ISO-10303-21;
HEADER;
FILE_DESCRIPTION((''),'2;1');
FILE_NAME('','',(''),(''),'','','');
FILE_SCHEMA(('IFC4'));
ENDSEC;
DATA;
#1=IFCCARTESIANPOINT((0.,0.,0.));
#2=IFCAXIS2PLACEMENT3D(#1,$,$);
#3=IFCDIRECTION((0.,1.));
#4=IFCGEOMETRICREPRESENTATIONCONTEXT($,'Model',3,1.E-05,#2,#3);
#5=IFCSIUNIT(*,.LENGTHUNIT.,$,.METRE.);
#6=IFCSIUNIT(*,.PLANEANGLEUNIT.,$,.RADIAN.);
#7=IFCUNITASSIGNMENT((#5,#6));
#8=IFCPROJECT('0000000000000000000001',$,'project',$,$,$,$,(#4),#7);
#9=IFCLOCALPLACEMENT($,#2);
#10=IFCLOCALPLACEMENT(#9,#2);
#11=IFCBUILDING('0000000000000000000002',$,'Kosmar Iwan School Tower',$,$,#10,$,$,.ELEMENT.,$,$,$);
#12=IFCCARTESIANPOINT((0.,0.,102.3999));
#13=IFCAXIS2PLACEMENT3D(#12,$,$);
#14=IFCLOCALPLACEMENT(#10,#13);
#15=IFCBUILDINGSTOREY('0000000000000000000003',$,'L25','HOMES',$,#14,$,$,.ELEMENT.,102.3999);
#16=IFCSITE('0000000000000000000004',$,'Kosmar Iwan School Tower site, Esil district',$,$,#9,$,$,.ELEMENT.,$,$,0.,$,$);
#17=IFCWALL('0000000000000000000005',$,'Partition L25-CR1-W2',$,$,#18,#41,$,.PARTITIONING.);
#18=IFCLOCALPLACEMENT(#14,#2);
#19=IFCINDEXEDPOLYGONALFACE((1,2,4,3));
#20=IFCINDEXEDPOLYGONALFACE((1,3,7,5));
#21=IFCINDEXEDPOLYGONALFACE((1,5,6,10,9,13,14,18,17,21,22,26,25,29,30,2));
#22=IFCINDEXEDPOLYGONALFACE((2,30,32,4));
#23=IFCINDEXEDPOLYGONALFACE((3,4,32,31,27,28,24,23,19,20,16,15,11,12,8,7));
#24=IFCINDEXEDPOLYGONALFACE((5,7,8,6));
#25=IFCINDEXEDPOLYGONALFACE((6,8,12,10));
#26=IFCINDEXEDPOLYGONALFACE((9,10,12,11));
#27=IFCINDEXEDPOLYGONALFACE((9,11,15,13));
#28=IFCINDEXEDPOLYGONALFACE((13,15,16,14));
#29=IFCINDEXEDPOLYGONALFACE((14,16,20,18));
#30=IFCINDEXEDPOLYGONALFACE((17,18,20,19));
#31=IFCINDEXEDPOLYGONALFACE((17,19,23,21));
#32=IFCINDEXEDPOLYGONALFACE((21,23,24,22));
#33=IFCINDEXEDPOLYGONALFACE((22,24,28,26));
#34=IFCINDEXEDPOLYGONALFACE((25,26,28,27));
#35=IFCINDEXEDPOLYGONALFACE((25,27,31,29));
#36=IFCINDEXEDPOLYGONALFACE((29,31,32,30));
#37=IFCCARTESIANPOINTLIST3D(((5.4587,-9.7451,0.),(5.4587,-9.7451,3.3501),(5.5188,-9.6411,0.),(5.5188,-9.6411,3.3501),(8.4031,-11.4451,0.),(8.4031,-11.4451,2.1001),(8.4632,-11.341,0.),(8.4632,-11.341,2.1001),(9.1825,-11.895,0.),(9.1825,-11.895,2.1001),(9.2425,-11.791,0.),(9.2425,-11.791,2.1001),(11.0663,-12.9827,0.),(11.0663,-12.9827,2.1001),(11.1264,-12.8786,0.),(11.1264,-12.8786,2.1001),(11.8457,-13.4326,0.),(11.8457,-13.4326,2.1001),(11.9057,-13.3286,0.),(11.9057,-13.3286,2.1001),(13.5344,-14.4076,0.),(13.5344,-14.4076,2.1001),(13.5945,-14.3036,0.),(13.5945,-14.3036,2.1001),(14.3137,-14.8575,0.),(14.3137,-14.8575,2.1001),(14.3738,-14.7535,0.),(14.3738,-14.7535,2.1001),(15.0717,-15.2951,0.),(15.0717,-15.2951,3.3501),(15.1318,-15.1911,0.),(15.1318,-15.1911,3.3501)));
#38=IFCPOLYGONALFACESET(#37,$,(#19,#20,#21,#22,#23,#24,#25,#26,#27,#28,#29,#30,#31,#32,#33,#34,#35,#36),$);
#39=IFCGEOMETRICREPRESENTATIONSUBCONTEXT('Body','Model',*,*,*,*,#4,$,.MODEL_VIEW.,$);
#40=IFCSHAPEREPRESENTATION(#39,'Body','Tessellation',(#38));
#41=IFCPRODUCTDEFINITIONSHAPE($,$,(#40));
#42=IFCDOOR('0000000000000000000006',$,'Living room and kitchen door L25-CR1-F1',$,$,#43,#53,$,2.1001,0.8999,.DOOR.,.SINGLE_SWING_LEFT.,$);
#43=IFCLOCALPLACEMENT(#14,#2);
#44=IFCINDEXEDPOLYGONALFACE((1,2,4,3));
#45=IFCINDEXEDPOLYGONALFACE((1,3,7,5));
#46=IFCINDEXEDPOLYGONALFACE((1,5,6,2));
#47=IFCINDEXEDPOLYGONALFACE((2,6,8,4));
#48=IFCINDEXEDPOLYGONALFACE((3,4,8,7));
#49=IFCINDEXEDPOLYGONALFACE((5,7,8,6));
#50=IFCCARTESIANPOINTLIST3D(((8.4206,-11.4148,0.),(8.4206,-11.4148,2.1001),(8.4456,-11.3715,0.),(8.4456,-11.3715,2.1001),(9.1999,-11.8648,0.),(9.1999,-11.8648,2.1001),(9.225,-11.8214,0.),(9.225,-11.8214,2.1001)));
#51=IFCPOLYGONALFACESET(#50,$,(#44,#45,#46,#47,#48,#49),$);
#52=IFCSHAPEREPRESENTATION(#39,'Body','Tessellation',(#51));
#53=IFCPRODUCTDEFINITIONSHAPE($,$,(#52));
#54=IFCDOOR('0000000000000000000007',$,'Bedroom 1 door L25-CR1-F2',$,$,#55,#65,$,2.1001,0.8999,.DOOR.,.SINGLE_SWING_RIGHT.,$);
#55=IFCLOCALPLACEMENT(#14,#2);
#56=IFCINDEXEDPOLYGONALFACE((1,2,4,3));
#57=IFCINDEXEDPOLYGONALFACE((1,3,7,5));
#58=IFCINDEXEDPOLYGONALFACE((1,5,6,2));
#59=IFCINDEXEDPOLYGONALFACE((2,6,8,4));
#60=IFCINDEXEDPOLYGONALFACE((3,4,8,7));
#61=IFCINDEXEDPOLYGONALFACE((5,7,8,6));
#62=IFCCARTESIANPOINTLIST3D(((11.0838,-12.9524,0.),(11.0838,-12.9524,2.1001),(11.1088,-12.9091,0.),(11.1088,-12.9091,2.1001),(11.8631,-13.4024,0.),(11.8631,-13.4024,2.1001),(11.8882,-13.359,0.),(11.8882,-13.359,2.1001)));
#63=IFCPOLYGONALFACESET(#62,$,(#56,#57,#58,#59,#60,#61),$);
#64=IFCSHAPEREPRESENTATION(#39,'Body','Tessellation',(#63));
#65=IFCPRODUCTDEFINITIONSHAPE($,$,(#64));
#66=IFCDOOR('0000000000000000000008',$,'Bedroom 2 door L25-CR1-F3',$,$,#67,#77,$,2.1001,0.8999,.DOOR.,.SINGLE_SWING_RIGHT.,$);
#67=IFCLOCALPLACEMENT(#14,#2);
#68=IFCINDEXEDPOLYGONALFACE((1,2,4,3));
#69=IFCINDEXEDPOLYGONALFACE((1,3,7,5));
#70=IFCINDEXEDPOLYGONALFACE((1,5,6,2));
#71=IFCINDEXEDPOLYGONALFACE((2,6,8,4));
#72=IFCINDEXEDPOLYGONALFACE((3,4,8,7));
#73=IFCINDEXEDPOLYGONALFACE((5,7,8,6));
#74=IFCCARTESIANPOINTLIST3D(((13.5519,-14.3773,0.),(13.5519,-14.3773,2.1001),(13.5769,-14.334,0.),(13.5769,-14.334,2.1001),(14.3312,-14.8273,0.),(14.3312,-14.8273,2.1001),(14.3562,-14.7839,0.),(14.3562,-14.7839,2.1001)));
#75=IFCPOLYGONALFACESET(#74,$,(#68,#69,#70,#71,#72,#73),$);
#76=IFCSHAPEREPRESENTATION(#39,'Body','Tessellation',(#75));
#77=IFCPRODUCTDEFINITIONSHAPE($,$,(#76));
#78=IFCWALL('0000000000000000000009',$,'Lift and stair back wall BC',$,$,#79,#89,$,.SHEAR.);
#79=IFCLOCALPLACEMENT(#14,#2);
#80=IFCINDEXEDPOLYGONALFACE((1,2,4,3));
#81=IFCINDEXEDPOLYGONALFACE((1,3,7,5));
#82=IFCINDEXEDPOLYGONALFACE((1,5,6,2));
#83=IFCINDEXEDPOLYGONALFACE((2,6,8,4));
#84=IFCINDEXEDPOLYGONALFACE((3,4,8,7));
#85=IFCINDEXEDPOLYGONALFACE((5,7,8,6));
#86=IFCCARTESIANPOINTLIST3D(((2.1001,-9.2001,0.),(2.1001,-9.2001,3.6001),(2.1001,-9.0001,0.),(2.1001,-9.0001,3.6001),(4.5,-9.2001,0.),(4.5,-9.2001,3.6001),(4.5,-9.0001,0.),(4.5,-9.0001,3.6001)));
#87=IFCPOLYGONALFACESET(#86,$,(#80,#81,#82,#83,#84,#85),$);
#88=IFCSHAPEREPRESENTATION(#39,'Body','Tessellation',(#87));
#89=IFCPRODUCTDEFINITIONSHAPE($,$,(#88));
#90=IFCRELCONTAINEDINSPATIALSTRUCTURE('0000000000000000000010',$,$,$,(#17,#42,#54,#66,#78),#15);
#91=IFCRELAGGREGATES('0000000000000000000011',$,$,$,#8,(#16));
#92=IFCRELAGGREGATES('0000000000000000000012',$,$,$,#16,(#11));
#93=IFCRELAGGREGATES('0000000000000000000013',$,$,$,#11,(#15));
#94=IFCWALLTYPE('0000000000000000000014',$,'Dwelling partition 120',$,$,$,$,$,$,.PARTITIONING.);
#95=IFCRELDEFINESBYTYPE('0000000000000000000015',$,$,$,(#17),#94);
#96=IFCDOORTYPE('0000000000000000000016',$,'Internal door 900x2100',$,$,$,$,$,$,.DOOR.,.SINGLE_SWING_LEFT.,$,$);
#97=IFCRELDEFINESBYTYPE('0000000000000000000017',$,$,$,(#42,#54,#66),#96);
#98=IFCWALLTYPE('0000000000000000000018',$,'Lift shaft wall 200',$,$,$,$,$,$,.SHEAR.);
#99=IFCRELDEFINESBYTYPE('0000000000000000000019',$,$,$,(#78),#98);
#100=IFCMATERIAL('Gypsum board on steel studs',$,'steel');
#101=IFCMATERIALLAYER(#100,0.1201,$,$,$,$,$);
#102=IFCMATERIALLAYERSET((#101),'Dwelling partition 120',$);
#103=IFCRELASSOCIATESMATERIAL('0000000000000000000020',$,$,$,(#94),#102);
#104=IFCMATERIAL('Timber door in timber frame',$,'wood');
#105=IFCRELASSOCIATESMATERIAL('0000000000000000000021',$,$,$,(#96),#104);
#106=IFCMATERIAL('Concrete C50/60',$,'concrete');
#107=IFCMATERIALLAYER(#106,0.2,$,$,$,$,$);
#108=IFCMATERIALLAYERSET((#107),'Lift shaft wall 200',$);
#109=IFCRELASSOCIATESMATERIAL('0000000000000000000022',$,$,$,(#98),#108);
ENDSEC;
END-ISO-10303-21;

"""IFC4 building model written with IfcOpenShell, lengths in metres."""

from ifc_helpers import new_model, si_unit, direction, frame, frame_2d, origin, place, context, subcontext, project, spatial, rectangle, extrude, material, layer, layer_set, type_object, element, fill, save


model = new_model("IFC4")

# Units and contexts
model_context = context("Model", 3, precision=1e-05, world=origin(), true_north=direction((0.0, 1.0)))
body_context = subcontext(model_context, "Body", "Model", "MODEL_VIEW")
ifc_project = project(units=[si_unit("LENGTHUNIT", "METRE"), si_unit("PLANEANGLEUNIT", "RADIAN")], contexts=[model_context])

# Site, building, storey
site_placement = place(None, origin())
site = spatial("IfcSite", under=ifc_project, at=site_placement, Name="Kosmar Iwan School Tower site, Esil district", CompositionType="ELEMENT", RefElevation=0.0)
building_placement = place(site_placement, origin())
building = spatial("IfcBuilding", under=site, at=building_placement, Name="Kosmar Iwan School Tower", CompositionType="ELEMENT")
storey_placement = place(building_placement, frame((0.0, 0.0, 102.3999)))
storey = spatial("IfcBuildingStorey", under=building, at=storey_placement, Name="L25", Description="HOMES", CompositionType="ELEMENT", Elevation=102.3999)

# Wall, openings, doors
ifc_material_1 = material(Name="Gypsum board on steel studs", Category="steel")
ifc_layer_1 = layer(ifc_material_1, 0.1201)
ifc_layer_set_1 = layer_set([ifc_layer_1], Name="Dwelling partition 120")
wall_type_1 = type_object("IfcWallType", Name="Dwelling partition 120", PredefinedType="PARTITIONING", material=ifc_layer_set_1)
wall_1_placement = place(storey_placement, frame((5.4888, -9.6931, 0.0), z_axis=(0.0, 0.0, 1.0), x_axis=(0.866027, -0.499997, 0.0)))
wall_1 = element("IfcWall", 1, at=wall_1_placement, inside=storey, type_object=wall_type_1, Name="Partition L25-CR1-W2", PredefinedType="PARTITIONING", context=body_context, shape_type="SweptSolid", body=[
    extrude(rectangle(XDim=11.1001, YDim=0.1201, at=frame_2d((5.55, 0.0))), origin(), (0.0, 0.0, 1.0), 3.3501),
])
opening_1_placement = place(wall_1_placement, frame((3.3999, 0.0, 0.0)))
opening_1 = element("IfcOpeningElement", 2, at=opening_1_placement, cuts=wall_1, PredefinedType="OPENING", context=body_context, shape_type="SweptSolid", body=[
    extrude(rectangle(XDim=0.8999, YDim=2.1001, at=frame_2d((0.45, 1.05))), frame((0.0, 0.072, 0.0), z_axis=(0.0, -1.0, 0.0), x_axis=(1.0, 0.0, 0.0)), (0.0, 0.0, 1.0), 0.144),
])
opening_2_placement = place(wall_1_placement, frame((6.4751, 0.0, 0.0)))
opening_2 = element("IfcOpeningElement", 3, at=opening_2_placement, cuts=wall_1, PredefinedType="OPENING", context=body_context, shape_type="SweptSolid", body=[
    extrude(rectangle(XDim=0.8999, YDim=2.1001, at=frame_2d((0.45, 1.05))), frame((0.0, 0.072, 0.0), z_axis=(0.0, -1.0, 0.0), x_axis=(1.0, 0.0, 0.0)), (0.0, 0.0, 1.0), 0.144),
])
opening_3_placement = place(wall_1_placement, frame((9.325, 0.0, 0.0)))
opening_3 = element("IfcOpeningElement", 4, at=opening_3_placement, cuts=wall_1, PredefinedType="OPENING", context=body_context, shape_type="SweptSolid", body=[
    extrude(rectangle(XDim=0.8999, YDim=2.1001, at=frame_2d((0.45, 1.05))), frame((0.0, 0.072, 0.0), z_axis=(0.0, -1.0, 0.0), x_axis=(1.0, 0.0, 0.0)), (0.0, 0.0, 1.0), 0.144),
])
ifc_material_2 = material(Name="Timber door in timber frame", Category="wood")
door_type = type_object("IfcDoorType", Name="Internal door 900x2100", OperationType="SINGLE_SWING_LEFT", PredefinedType="DOOR", material=ifc_material_2)
door_1_placement = place(opening_1_placement, origin())
door_1 = element("IfcDoor", 5, at=door_1_placement, inside=storey, type_object=door_type, Name="Living room and kitchen door L25-CR1-F1", OperationType="SINGLE_SWING_LEFT", OverallHeight=2.1001, OverallWidth=0.8999, PredefinedType="DOOR", context=body_context, shape_type="SweptSolid", body=[
    extrude(rectangle(XDim=0.8999, YDim=2.1001, at=frame_2d((0.45, 1.05))), frame((0.0, 0.0249, 0.0), z_axis=(0.0, -1.0, 0.0), x_axis=(1.0, 0.0, 0.0)), (0.0, 0.0, 1.0), 0.05),
])
fill(opening_1, door_1)
door_2_placement = place(opening_2_placement, origin())
door_2 = element("IfcDoor", 6, at=door_2_placement, inside=storey, type_object=door_type, Name="Bedroom 1 door L25-CR1-F2", OperationType="SINGLE_SWING_RIGHT", OverallHeight=2.1001, OverallWidth=0.8999, PredefinedType="DOOR", context=body_context, shape_type="SweptSolid", body=[
    extrude(rectangle(XDim=0.8999, YDim=2.1001, at=frame_2d((0.45, 1.05))), frame((0.0, 0.0249, 0.0), z_axis=(0.0, -1.0, 0.0), x_axis=(1.0, 0.0, 0.0)), (0.0, 0.0, 1.0), 0.05),
])
fill(opening_2, door_2)
door_3_placement = place(opening_3_placement, origin())
door_3 = element("IfcDoor", 7, at=door_3_placement, inside=storey, type_object=door_type, Name="Bedroom 2 door L25-CR1-F3", OperationType="SINGLE_SWING_RIGHT", OverallHeight=2.1001, OverallWidth=0.8999, PredefinedType="DOOR", context=body_context, shape_type="SweptSolid", body=[
    extrude(rectangle(XDim=0.8999, YDim=2.1001, at=frame_2d((0.45, 1.05))), frame((0.0, 0.0249, 0.0), z_axis=(0.0, -1.0, 0.0), x_axis=(1.0, 0.0, 0.0)), (0.0, 0.0, 1.0), 0.05),
])
fill(opening_3, door_3)

# Wall
ifc_material_3 = material(Name="Concrete C50/60", Category="concrete")
ifc_layer_2 = layer(ifc_material_3, 0.2)
ifc_layer_set_2 = layer_set([ifc_layer_2], Name="Lift shaft wall 200")
wall_type_2 = type_object("IfcWallType", Name="Lift shaft wall 200", PredefinedType="SHEAR", material=ifc_layer_set_2)
wall_2_placement = place(storey_placement, frame((2.1001, -9.1001, 0.0), z_axis=(0.0, 0.0, 1.0), x_axis=(1.0, 0.0, 0.0)))
element("IfcWall", 8, at=wall_2_placement, inside=storey, type_object=wall_type_2, Name="Lift and stair back wall BC", PredefinedType="SHEAR", context=body_context, shape_type="SweptSolid", body=[
    extrude(rectangle(XDim=2.3999, YDim=0.2, at=frame_2d((1.2, 0.0))), origin(), (0.0, 0.0, 1.0), 3.6001),
])

save(model, "model.ifc")
